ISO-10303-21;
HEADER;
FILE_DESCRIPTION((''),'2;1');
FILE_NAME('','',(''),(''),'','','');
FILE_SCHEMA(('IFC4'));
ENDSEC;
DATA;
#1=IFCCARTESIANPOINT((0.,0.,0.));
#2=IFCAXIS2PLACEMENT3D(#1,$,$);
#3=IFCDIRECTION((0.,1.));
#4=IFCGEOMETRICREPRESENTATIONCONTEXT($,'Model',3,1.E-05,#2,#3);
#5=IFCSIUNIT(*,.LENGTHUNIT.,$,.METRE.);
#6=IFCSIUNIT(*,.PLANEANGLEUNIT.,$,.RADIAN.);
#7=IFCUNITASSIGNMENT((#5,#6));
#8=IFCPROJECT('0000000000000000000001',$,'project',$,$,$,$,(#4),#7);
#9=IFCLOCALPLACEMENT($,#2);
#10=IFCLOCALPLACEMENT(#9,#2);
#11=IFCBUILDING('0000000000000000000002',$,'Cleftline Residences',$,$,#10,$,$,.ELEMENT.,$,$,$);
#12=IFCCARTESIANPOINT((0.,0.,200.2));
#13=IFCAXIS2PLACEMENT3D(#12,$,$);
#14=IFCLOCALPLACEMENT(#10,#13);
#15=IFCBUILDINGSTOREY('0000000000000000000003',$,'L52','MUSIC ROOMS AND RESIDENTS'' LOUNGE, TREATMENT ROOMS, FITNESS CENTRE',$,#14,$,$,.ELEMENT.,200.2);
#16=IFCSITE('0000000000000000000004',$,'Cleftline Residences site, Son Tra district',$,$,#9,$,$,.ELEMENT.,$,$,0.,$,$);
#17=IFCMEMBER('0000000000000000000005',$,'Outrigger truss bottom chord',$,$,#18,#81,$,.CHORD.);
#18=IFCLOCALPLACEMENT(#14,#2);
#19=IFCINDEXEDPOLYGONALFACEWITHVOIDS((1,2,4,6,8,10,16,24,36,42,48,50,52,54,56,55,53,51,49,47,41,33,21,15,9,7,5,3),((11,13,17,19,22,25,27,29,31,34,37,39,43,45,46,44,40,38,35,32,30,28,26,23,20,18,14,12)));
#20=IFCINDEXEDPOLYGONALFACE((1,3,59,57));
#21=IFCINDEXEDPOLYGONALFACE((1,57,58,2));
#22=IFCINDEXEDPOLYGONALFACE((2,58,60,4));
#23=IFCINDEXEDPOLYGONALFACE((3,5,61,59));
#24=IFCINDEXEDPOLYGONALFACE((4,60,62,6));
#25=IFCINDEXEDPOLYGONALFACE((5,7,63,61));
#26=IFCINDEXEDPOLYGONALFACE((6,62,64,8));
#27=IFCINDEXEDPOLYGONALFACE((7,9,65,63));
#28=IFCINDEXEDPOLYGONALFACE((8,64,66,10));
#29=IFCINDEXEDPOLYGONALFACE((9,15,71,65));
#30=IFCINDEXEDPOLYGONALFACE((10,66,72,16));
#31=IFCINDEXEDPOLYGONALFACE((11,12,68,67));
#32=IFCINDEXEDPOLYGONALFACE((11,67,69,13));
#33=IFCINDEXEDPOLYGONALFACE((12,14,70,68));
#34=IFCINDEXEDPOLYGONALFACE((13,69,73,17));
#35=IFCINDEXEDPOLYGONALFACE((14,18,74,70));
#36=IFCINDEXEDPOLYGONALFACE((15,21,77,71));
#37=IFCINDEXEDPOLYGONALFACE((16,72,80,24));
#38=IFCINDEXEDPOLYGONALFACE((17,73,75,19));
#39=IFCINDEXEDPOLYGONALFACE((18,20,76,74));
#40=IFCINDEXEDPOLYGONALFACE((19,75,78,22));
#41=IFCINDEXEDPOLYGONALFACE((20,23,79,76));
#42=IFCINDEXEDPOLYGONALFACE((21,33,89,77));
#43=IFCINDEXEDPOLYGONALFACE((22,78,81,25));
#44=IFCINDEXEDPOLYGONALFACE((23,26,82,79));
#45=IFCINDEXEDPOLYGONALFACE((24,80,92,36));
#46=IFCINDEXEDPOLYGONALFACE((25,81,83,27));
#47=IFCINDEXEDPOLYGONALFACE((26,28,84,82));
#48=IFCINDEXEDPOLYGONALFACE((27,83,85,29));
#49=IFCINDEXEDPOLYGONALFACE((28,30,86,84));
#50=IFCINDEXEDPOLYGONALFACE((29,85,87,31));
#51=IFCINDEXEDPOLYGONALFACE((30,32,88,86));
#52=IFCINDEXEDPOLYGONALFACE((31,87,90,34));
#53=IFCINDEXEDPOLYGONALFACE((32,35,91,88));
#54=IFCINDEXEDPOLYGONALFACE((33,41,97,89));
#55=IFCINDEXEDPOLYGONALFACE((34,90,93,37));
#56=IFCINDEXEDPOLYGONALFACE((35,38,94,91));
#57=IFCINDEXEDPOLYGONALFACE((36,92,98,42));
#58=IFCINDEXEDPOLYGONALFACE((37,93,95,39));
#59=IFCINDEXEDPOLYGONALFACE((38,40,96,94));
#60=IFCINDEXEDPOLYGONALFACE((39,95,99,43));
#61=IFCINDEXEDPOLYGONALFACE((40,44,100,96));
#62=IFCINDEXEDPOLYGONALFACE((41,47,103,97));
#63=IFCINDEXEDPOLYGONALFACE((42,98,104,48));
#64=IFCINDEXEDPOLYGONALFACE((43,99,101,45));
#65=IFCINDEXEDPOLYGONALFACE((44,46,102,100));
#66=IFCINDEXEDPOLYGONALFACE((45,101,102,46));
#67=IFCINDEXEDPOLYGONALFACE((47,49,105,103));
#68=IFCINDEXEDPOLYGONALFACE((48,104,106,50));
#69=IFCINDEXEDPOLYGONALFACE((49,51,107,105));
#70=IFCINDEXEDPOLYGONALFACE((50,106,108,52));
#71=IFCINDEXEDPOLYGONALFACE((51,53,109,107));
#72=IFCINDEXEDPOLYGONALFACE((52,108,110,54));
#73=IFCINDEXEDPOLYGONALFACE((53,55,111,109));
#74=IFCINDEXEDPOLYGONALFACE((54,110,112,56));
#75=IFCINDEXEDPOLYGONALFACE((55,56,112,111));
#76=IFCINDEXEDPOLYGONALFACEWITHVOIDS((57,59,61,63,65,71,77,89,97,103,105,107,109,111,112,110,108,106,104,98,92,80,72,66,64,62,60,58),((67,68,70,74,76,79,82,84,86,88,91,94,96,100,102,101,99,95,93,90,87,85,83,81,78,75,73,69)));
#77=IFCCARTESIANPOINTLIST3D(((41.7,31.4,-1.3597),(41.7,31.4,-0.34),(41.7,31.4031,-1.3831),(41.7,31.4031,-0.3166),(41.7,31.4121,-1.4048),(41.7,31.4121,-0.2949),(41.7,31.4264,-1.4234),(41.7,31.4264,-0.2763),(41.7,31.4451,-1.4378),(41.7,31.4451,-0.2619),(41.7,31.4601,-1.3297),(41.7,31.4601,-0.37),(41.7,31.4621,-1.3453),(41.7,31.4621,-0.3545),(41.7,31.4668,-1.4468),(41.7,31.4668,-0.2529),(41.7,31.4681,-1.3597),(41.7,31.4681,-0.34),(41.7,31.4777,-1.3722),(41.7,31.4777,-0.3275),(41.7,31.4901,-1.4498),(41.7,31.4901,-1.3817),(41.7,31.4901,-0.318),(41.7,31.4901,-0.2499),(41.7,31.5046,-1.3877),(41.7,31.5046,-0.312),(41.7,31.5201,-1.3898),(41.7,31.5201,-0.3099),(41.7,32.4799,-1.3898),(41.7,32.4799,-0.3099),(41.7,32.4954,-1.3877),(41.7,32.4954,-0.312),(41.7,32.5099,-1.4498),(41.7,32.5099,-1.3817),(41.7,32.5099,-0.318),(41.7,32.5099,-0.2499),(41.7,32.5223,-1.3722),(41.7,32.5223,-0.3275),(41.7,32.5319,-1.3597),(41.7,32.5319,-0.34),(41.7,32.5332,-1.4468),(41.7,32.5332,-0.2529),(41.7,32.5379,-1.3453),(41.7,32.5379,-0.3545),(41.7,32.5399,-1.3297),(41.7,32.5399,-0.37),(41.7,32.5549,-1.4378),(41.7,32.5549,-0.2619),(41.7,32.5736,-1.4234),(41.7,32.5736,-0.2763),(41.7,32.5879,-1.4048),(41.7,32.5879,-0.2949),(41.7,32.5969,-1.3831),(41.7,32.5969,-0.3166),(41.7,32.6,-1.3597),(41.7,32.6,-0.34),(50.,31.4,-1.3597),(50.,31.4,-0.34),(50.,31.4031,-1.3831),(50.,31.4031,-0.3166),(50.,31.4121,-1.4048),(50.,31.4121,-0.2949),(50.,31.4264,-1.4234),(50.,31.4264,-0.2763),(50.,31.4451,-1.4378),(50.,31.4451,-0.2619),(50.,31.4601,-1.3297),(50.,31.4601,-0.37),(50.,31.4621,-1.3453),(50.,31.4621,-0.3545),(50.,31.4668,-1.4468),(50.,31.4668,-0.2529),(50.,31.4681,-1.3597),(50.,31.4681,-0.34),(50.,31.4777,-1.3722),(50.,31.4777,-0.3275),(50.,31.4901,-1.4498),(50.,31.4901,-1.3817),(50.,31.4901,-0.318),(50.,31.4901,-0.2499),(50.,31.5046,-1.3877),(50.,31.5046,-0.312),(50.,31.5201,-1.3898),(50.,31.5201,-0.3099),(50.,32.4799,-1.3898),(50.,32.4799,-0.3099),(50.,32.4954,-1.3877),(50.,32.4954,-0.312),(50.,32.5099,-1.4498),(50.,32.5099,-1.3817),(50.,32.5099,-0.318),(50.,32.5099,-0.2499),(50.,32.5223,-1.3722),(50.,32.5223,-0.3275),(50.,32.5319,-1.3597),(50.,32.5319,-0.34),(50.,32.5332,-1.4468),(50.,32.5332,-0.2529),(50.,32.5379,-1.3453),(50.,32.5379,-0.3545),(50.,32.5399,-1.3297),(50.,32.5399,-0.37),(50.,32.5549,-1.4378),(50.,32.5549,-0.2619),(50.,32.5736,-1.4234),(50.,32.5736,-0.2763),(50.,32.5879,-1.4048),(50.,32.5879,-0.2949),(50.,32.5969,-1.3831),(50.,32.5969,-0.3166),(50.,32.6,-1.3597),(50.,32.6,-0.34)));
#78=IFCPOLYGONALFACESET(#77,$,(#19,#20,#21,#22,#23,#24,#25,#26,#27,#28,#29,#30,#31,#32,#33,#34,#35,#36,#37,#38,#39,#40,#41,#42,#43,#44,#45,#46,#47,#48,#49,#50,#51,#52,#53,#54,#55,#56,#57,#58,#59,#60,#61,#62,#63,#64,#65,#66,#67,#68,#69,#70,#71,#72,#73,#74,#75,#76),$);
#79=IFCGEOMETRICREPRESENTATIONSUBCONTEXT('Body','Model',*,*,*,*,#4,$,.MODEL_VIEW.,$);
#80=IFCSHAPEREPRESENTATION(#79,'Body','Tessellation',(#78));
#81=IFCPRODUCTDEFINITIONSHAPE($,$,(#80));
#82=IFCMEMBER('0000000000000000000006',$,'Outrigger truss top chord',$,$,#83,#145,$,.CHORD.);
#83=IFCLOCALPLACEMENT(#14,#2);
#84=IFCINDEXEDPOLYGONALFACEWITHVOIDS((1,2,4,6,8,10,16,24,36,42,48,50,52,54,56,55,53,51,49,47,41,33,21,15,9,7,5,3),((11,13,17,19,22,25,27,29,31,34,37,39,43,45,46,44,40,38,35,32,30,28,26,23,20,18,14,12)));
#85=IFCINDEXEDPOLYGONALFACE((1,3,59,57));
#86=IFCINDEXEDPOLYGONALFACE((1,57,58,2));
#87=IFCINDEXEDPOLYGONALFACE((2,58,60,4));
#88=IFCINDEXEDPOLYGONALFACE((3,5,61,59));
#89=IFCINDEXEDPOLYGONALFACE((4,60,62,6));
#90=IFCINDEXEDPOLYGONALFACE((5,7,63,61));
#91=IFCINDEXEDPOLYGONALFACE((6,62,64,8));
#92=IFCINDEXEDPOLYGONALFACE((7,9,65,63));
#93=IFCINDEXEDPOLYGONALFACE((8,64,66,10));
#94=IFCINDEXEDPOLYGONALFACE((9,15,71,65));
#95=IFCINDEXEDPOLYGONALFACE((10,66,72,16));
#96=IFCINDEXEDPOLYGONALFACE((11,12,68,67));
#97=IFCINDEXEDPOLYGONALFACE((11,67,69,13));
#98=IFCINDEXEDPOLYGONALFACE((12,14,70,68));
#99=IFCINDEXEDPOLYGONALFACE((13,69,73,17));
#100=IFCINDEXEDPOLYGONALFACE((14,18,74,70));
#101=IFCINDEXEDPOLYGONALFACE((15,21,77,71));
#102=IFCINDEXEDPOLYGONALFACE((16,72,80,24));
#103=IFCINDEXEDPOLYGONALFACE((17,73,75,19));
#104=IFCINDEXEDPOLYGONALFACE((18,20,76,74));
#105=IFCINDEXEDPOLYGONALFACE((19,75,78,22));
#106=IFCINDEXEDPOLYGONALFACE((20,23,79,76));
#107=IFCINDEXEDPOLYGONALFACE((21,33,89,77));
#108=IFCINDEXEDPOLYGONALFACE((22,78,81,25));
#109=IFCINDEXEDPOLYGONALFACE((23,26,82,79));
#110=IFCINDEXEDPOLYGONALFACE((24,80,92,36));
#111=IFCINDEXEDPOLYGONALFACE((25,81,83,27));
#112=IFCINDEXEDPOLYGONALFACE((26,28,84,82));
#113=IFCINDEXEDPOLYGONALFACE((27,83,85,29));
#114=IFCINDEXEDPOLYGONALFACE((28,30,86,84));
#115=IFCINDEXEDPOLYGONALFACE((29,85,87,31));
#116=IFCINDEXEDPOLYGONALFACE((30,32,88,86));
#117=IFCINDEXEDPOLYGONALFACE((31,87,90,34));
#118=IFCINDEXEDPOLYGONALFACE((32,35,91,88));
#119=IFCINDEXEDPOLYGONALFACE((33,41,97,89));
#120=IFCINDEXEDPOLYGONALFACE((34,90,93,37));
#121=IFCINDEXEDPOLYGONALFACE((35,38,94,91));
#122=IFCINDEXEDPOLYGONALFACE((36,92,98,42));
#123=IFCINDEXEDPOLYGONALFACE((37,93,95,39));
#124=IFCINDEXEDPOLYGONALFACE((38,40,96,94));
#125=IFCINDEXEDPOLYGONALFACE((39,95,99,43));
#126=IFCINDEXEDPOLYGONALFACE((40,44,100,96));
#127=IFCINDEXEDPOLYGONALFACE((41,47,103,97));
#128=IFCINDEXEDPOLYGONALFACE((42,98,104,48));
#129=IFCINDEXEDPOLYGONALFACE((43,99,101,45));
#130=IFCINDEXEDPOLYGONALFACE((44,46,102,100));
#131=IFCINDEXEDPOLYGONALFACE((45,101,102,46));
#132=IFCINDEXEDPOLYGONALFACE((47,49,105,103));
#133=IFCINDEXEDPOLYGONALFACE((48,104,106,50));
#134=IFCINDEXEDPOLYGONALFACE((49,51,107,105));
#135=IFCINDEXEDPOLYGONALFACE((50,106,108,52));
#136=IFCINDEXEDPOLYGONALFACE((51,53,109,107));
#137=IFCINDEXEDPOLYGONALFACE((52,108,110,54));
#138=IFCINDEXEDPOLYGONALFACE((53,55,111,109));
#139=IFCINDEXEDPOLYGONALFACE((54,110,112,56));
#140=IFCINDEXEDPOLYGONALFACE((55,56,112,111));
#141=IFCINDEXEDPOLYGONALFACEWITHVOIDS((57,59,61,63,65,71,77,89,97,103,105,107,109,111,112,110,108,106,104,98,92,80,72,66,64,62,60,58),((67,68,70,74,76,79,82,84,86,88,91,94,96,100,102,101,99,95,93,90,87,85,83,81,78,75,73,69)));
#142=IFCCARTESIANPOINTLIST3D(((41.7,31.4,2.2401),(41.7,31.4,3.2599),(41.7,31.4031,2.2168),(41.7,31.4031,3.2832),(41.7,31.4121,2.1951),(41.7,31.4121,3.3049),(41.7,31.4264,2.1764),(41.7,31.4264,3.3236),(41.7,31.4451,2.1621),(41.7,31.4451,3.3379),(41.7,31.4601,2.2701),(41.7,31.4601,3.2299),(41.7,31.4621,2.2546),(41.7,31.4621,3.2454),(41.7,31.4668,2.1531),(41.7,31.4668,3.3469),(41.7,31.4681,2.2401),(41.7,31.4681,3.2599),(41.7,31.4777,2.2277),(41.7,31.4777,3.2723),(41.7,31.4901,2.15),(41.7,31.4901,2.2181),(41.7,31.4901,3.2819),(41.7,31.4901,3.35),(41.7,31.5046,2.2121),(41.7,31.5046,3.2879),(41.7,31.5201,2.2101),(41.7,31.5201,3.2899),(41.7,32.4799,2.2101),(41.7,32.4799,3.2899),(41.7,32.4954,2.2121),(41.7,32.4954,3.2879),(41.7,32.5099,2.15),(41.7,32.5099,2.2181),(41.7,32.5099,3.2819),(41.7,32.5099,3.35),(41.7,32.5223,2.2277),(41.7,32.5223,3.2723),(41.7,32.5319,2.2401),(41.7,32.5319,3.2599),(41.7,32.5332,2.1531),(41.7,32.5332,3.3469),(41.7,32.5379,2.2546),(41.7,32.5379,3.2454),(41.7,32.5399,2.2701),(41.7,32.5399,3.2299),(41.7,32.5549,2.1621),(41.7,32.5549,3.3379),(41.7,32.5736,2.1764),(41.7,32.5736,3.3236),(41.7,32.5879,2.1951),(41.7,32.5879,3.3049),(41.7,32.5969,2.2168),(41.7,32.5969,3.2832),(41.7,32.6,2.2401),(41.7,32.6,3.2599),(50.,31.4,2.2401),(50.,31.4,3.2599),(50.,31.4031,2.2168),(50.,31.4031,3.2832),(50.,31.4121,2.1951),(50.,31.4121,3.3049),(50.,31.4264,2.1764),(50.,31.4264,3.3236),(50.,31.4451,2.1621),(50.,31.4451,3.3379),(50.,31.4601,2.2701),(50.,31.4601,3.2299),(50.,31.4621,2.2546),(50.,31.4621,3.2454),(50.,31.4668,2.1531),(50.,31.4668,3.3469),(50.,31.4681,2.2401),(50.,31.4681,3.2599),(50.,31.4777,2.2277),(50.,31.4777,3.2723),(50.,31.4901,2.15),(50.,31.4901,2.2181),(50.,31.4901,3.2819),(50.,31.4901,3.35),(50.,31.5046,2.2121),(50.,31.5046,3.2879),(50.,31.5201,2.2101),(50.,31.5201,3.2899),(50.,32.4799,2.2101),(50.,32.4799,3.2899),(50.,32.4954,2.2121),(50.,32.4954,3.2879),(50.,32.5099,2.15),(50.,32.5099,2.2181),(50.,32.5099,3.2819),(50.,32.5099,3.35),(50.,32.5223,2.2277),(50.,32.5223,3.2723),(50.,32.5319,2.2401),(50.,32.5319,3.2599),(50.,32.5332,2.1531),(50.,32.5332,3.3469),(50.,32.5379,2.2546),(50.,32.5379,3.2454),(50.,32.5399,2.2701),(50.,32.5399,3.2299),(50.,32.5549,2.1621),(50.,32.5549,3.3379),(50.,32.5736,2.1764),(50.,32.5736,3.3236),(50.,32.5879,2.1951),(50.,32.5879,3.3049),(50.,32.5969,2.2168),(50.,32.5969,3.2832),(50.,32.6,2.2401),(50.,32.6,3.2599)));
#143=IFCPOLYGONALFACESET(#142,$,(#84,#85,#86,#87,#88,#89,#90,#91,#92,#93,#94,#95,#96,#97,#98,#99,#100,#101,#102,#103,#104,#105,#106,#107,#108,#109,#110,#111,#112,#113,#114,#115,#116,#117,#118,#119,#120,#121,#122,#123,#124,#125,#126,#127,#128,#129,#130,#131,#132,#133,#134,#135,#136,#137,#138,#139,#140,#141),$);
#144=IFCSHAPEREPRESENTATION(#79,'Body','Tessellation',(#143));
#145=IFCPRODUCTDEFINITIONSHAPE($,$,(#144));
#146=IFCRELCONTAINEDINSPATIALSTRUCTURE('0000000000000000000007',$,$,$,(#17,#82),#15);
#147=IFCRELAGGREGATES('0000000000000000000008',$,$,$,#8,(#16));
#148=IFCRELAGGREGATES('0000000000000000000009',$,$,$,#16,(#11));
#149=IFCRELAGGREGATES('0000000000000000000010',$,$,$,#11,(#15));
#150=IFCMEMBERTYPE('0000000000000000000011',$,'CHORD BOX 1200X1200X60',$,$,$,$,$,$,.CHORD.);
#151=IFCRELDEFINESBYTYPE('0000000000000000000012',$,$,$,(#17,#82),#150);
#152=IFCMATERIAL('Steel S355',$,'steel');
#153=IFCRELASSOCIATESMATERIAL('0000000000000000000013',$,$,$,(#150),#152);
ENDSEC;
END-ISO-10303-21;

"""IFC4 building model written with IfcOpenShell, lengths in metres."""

from ifc_helpers import new_model, si_unit, direction, frame, origin, origin_2d, place, context, subcontext, project, spatial, hollow_rectangle, extrude, material, material_profile, profile_set, type_object, element, save


model = new_model("IFC4")

# Units and contexts
model_context = context("Model", 3, precision=1e-05, world=origin(), true_north=direction((0.0, 1.0)))
body_context = subcontext(model_context, "Body", "Model", "MODEL_VIEW")
ifc_project = project(units=[si_unit("LENGTHUNIT", "METRE"), si_unit("PLANEANGLEUNIT", "RADIAN")], contexts=[model_context])

# Site, building, storey
site_placement = place(None, origin())
site = spatial("IfcSite", under=ifc_project, at=site_placement, Name="Cleftline Residences site, Son Tra district", CompositionType="ELEMENT", RefElevation=0.0)
building_placement = place(site_placement, origin())
building = spatial("IfcBuilding", under=site, at=building_placement, Name="Cleftline Residences", CompositionType="ELEMENT")
storey_placement = place(building_placement, frame((0.0, 0.0, 200.2)))
storey = spatial("IfcBuildingStorey", under=building, at=storey_placement, Name="L52", Description="MUSIC ROOMS AND RESIDENTS' LOUNGE, TREATMENT ROOMS, FITNESS CENTRE", CompositionType="ELEMENT", Elevation=200.2)

# Members
ifc_material_1 = material(Name="Steel S355", Category="steel")
ifc_material_profile_1 = material_profile(ifc_material_1, hollow_rectangle(XDim=1.2, YDim=1.2, WallThickness=0.0601, InnerFilletRadius=0.0601, OuterFilletRadius=0.0901, at=origin_2d()))
ifc_profile_set_1 = profile_set([ifc_material_profile_1], Name="Steel S355")
member_type_1 = type_object("IfcMemberType", Name="CHORD BOX 1200X1200X60", PredefinedType="CHORD", material=ifc_profile_set_1)
for number, where, z_axis, x_axis, name in (
    (1, (41.7, 32.0, -0.8499), (1.0, 0.0, 0.0), (0.0, 1.0, 0.0), "Outrigger truss bottom chord"),
    (2, (41.7, 32.0, 2.75), (1.0, 0.0, 0.0), (0.0, 1.0, 0.0), "Outrigger truss top chord"),
):
    element("IfcMember", number, at=place(storey_placement, frame(where, z_axis=z_axis, x_axis=x_axis)), inside=storey, type_object=member_type_1, Name=name, PredefinedType="CHORD", context=body_context, shape_type="SweptSolid", body=[
        extrude(hollow_rectangle(XDim=1.2, YDim=1.2, WallThickness=0.0601, InnerFilletRadius=0.0601, OuterFilletRadius=0.0901, at=origin_2d()), origin(), (0.0, 0.0, 1.0), 8.3),
    ])

save(model, "model.ifc")
